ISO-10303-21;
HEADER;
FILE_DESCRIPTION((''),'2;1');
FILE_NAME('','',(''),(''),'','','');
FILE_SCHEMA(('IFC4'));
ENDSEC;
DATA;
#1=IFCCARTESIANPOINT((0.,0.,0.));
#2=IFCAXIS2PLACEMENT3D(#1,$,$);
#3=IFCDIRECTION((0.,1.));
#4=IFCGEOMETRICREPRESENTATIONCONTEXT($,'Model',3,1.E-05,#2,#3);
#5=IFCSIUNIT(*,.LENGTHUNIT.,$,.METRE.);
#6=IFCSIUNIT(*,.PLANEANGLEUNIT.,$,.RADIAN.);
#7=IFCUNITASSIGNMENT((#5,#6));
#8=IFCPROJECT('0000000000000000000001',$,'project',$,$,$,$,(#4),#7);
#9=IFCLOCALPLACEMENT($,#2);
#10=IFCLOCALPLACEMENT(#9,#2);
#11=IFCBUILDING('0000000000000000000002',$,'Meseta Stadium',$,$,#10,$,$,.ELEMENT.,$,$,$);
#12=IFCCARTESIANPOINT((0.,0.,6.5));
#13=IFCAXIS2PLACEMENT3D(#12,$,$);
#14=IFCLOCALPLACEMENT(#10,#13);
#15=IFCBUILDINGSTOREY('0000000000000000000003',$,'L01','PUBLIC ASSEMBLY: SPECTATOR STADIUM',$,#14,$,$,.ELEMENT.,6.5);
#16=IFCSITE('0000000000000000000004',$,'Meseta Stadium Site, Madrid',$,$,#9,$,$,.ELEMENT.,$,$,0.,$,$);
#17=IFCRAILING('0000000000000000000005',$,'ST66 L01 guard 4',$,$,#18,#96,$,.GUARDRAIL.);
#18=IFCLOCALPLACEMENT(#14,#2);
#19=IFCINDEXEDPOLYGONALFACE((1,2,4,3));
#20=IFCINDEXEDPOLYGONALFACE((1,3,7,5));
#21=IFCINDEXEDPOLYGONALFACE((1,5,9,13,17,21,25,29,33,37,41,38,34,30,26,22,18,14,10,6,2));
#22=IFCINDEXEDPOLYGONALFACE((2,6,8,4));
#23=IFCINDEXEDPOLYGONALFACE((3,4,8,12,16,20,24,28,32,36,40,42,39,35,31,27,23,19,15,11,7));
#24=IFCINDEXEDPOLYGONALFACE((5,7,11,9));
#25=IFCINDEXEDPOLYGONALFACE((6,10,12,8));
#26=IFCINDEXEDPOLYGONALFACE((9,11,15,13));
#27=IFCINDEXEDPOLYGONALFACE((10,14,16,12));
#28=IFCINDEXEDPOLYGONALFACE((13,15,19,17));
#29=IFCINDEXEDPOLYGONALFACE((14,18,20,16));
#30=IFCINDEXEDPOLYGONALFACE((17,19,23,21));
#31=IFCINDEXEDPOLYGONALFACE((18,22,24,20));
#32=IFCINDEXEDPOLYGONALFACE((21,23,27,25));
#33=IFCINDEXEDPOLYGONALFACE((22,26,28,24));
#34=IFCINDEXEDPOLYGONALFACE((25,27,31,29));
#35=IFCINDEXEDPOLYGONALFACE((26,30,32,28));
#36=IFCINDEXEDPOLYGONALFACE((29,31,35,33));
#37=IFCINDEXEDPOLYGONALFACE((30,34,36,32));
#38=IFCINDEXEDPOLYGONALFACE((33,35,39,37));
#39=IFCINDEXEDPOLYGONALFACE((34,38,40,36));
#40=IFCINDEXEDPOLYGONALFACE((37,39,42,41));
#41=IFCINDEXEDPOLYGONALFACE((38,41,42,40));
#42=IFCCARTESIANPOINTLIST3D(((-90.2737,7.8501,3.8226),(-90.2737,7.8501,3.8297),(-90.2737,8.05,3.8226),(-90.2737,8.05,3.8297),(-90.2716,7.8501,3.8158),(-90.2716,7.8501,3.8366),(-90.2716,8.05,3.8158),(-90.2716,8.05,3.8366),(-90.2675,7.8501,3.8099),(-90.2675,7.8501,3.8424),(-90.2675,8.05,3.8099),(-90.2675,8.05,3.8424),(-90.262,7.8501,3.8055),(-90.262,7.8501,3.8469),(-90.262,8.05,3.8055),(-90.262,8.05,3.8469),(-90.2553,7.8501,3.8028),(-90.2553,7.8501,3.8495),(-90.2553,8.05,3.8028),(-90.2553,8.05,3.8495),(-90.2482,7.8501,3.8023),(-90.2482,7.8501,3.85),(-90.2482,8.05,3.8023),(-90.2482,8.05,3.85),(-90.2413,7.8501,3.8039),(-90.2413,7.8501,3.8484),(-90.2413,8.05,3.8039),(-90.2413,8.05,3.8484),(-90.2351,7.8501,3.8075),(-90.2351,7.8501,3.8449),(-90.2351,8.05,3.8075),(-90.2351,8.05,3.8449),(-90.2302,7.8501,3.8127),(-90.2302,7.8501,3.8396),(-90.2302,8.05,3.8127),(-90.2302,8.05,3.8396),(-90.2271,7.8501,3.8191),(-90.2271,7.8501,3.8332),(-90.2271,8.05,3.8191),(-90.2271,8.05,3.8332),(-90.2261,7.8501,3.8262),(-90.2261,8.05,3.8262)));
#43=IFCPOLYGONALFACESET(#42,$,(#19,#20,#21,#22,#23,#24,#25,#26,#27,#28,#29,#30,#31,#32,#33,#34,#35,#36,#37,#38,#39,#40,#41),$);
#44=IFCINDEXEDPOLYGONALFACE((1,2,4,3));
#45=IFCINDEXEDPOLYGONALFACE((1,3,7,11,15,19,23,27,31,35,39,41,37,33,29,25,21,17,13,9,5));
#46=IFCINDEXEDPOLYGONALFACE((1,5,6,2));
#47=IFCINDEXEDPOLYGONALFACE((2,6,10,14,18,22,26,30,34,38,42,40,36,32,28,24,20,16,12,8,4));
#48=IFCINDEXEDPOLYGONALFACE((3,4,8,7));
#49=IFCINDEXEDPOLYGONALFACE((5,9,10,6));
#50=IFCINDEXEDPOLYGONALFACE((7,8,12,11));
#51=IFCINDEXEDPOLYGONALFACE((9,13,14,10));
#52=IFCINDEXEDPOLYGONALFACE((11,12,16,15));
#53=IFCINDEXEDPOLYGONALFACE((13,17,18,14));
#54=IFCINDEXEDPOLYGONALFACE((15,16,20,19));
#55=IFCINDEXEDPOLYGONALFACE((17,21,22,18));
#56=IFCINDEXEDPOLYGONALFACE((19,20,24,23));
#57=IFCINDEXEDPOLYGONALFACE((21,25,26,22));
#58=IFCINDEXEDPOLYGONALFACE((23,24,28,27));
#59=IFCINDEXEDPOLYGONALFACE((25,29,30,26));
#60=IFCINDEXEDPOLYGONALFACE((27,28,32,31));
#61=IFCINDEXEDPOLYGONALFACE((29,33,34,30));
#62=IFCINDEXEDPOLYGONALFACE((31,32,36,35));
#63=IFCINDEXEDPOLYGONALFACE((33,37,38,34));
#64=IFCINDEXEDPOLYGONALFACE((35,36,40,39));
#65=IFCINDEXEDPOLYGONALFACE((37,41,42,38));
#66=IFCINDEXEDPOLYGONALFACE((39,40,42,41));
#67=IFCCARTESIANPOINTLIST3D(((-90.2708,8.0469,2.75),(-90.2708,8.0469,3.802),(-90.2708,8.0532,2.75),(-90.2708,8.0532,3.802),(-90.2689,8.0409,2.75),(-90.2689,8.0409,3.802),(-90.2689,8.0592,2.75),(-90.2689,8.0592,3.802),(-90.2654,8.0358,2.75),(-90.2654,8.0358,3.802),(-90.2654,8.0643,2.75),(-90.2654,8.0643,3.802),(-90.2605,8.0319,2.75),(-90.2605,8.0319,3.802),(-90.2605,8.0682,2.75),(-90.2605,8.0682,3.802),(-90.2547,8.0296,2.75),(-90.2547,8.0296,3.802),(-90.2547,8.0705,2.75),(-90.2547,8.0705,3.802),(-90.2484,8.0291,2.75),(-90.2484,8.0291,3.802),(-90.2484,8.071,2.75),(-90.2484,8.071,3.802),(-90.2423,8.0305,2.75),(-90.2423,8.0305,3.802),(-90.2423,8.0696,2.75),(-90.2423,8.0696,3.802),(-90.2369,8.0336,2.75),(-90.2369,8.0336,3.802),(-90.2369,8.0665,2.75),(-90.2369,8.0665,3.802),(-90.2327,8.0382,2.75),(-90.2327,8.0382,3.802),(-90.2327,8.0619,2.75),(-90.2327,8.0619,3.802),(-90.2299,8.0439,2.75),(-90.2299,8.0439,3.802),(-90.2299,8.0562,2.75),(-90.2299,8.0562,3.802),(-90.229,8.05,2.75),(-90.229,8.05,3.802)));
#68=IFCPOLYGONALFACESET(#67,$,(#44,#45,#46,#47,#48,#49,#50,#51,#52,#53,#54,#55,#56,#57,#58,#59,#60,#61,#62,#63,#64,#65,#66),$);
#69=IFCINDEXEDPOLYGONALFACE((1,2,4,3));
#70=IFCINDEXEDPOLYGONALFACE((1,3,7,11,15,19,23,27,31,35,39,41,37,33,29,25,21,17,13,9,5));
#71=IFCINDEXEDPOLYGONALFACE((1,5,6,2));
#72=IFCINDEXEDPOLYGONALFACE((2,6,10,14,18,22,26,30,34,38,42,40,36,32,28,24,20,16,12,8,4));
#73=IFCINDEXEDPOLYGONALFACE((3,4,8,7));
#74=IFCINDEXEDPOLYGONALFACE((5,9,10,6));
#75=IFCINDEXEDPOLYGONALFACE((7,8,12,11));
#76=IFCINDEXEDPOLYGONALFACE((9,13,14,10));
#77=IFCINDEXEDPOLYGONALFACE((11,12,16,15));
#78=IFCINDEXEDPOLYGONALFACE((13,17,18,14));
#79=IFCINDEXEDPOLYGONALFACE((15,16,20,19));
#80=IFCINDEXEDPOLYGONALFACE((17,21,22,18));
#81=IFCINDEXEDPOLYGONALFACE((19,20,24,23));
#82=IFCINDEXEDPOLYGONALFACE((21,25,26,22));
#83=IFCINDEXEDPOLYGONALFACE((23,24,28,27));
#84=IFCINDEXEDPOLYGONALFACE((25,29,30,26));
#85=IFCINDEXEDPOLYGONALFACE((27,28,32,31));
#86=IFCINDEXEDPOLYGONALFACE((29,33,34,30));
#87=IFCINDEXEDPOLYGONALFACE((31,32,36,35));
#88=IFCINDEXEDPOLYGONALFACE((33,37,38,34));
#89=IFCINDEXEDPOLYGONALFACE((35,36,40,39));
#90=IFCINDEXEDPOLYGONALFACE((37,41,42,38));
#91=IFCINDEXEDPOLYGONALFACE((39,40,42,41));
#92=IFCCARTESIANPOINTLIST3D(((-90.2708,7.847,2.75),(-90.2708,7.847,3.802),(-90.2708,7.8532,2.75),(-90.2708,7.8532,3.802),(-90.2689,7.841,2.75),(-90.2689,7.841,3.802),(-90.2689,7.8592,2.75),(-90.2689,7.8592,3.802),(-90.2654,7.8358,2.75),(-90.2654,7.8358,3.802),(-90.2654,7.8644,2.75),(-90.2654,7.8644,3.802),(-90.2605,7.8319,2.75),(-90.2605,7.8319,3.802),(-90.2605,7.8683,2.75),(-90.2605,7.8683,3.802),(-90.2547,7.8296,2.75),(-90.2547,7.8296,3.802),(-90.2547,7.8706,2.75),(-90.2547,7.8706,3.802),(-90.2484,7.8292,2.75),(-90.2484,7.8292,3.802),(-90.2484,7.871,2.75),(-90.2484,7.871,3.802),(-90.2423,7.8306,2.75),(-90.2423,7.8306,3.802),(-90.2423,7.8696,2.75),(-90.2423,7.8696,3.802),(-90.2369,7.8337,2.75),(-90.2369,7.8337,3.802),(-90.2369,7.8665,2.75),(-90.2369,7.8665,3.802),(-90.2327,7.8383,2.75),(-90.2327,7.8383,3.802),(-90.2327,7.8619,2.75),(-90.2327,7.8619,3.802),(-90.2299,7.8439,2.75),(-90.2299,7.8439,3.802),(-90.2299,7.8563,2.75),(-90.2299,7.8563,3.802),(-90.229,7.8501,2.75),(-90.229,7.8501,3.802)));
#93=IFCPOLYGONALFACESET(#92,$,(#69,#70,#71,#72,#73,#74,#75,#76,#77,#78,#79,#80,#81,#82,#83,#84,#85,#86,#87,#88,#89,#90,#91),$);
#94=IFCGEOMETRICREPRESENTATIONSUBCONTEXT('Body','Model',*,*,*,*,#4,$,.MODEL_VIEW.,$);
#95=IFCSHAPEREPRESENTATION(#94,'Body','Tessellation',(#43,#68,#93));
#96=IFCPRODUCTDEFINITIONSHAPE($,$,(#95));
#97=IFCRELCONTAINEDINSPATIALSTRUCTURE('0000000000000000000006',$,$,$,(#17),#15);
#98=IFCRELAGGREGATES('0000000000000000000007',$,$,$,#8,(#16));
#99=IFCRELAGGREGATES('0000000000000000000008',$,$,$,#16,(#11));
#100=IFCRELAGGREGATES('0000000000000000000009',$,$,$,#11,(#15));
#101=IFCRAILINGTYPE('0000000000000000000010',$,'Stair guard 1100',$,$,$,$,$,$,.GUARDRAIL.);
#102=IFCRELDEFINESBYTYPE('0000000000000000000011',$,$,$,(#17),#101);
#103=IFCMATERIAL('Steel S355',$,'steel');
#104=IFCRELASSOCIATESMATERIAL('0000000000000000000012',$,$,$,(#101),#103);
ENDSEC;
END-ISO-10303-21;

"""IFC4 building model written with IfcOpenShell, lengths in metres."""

from ifc_helpers import new_model, si_unit, direction, frame, origin, origin_2d, place, context, subcontext, project, spatial, circle, extrude, material, type_object, element, save


model = new_model("IFC4")

# Units and contexts
model_context = context("Model", 3, precision=1e-05, world=origin(), true_north=direction((0.0, 1.0)))
body_context = subcontext(model_context, "Body", "Model", "MODEL_VIEW")
ifc_project = project(units=[si_unit("LENGTHUNIT", "METRE"), si_unit("PLANEANGLEUNIT", "RADIAN")], contexts=[model_context])

# Site, building, storey
site_placement = place(None, origin())
site = spatial("IfcSite", under=ifc_project, at=site_placement, Name="Meseta Stadium Site, Madrid", CompositionType="ELEMENT", RefElevation=0.0)
building_placement = place(site_placement, origin())
building = spatial("IfcBuilding", under=site, at=building_placement, Name="Meseta Stadium", CompositionType="ELEMENT")
storey_placement = place(building_placement, frame((0.0, 0.0, 6.5)))
storey = spatial("IfcBuildingStorey", under=building, at=storey_placement, Name="L01", Description="PUBLIC ASSEMBLY: SPECTATOR STADIUM", CompositionType="ELEMENT", Elevation=6.5)

# Railing
ifc_material_1 = material(Name="Steel S355", Category="steel")
railing_type_1 = type_object("IfcRailingType", Name="Stair guard 1100", PredefinedType="GUARDRAIL", material=ifc_material_1)
railing_1_placement = place(storey_placement, frame((-90.25, 8.05, 2.75)))
element("IfcRailing", 1, at=railing_1_placement, inside=storey, type_object=railing_type_1, Name="ST66 L01 guard 4", PredefinedType="GUARDRAIL", context=body_context, shape_type="SweptSolid", body=[
    extrude(circle(Radius=0.0239, at=origin_2d()), frame((0.0, 0.0, 1.0762), z_axis=(0.0, -1.0, 0.0), x_axis=(1.0, 0.0, 0.0)), (0.0, 0.0, 1.0), 0.2),
    extrude(circle(Radius=0.021, at=origin_2d()), origin(), (0.0, 0.0, 1.0), 1.052),
    extrude(circle(Radius=0.021, at=origin_2d()), frame((0.0, -0.2, 0.0)), (0.0, 0.0, 1.0), 1.052),
])

save(model, "model.ifc")
